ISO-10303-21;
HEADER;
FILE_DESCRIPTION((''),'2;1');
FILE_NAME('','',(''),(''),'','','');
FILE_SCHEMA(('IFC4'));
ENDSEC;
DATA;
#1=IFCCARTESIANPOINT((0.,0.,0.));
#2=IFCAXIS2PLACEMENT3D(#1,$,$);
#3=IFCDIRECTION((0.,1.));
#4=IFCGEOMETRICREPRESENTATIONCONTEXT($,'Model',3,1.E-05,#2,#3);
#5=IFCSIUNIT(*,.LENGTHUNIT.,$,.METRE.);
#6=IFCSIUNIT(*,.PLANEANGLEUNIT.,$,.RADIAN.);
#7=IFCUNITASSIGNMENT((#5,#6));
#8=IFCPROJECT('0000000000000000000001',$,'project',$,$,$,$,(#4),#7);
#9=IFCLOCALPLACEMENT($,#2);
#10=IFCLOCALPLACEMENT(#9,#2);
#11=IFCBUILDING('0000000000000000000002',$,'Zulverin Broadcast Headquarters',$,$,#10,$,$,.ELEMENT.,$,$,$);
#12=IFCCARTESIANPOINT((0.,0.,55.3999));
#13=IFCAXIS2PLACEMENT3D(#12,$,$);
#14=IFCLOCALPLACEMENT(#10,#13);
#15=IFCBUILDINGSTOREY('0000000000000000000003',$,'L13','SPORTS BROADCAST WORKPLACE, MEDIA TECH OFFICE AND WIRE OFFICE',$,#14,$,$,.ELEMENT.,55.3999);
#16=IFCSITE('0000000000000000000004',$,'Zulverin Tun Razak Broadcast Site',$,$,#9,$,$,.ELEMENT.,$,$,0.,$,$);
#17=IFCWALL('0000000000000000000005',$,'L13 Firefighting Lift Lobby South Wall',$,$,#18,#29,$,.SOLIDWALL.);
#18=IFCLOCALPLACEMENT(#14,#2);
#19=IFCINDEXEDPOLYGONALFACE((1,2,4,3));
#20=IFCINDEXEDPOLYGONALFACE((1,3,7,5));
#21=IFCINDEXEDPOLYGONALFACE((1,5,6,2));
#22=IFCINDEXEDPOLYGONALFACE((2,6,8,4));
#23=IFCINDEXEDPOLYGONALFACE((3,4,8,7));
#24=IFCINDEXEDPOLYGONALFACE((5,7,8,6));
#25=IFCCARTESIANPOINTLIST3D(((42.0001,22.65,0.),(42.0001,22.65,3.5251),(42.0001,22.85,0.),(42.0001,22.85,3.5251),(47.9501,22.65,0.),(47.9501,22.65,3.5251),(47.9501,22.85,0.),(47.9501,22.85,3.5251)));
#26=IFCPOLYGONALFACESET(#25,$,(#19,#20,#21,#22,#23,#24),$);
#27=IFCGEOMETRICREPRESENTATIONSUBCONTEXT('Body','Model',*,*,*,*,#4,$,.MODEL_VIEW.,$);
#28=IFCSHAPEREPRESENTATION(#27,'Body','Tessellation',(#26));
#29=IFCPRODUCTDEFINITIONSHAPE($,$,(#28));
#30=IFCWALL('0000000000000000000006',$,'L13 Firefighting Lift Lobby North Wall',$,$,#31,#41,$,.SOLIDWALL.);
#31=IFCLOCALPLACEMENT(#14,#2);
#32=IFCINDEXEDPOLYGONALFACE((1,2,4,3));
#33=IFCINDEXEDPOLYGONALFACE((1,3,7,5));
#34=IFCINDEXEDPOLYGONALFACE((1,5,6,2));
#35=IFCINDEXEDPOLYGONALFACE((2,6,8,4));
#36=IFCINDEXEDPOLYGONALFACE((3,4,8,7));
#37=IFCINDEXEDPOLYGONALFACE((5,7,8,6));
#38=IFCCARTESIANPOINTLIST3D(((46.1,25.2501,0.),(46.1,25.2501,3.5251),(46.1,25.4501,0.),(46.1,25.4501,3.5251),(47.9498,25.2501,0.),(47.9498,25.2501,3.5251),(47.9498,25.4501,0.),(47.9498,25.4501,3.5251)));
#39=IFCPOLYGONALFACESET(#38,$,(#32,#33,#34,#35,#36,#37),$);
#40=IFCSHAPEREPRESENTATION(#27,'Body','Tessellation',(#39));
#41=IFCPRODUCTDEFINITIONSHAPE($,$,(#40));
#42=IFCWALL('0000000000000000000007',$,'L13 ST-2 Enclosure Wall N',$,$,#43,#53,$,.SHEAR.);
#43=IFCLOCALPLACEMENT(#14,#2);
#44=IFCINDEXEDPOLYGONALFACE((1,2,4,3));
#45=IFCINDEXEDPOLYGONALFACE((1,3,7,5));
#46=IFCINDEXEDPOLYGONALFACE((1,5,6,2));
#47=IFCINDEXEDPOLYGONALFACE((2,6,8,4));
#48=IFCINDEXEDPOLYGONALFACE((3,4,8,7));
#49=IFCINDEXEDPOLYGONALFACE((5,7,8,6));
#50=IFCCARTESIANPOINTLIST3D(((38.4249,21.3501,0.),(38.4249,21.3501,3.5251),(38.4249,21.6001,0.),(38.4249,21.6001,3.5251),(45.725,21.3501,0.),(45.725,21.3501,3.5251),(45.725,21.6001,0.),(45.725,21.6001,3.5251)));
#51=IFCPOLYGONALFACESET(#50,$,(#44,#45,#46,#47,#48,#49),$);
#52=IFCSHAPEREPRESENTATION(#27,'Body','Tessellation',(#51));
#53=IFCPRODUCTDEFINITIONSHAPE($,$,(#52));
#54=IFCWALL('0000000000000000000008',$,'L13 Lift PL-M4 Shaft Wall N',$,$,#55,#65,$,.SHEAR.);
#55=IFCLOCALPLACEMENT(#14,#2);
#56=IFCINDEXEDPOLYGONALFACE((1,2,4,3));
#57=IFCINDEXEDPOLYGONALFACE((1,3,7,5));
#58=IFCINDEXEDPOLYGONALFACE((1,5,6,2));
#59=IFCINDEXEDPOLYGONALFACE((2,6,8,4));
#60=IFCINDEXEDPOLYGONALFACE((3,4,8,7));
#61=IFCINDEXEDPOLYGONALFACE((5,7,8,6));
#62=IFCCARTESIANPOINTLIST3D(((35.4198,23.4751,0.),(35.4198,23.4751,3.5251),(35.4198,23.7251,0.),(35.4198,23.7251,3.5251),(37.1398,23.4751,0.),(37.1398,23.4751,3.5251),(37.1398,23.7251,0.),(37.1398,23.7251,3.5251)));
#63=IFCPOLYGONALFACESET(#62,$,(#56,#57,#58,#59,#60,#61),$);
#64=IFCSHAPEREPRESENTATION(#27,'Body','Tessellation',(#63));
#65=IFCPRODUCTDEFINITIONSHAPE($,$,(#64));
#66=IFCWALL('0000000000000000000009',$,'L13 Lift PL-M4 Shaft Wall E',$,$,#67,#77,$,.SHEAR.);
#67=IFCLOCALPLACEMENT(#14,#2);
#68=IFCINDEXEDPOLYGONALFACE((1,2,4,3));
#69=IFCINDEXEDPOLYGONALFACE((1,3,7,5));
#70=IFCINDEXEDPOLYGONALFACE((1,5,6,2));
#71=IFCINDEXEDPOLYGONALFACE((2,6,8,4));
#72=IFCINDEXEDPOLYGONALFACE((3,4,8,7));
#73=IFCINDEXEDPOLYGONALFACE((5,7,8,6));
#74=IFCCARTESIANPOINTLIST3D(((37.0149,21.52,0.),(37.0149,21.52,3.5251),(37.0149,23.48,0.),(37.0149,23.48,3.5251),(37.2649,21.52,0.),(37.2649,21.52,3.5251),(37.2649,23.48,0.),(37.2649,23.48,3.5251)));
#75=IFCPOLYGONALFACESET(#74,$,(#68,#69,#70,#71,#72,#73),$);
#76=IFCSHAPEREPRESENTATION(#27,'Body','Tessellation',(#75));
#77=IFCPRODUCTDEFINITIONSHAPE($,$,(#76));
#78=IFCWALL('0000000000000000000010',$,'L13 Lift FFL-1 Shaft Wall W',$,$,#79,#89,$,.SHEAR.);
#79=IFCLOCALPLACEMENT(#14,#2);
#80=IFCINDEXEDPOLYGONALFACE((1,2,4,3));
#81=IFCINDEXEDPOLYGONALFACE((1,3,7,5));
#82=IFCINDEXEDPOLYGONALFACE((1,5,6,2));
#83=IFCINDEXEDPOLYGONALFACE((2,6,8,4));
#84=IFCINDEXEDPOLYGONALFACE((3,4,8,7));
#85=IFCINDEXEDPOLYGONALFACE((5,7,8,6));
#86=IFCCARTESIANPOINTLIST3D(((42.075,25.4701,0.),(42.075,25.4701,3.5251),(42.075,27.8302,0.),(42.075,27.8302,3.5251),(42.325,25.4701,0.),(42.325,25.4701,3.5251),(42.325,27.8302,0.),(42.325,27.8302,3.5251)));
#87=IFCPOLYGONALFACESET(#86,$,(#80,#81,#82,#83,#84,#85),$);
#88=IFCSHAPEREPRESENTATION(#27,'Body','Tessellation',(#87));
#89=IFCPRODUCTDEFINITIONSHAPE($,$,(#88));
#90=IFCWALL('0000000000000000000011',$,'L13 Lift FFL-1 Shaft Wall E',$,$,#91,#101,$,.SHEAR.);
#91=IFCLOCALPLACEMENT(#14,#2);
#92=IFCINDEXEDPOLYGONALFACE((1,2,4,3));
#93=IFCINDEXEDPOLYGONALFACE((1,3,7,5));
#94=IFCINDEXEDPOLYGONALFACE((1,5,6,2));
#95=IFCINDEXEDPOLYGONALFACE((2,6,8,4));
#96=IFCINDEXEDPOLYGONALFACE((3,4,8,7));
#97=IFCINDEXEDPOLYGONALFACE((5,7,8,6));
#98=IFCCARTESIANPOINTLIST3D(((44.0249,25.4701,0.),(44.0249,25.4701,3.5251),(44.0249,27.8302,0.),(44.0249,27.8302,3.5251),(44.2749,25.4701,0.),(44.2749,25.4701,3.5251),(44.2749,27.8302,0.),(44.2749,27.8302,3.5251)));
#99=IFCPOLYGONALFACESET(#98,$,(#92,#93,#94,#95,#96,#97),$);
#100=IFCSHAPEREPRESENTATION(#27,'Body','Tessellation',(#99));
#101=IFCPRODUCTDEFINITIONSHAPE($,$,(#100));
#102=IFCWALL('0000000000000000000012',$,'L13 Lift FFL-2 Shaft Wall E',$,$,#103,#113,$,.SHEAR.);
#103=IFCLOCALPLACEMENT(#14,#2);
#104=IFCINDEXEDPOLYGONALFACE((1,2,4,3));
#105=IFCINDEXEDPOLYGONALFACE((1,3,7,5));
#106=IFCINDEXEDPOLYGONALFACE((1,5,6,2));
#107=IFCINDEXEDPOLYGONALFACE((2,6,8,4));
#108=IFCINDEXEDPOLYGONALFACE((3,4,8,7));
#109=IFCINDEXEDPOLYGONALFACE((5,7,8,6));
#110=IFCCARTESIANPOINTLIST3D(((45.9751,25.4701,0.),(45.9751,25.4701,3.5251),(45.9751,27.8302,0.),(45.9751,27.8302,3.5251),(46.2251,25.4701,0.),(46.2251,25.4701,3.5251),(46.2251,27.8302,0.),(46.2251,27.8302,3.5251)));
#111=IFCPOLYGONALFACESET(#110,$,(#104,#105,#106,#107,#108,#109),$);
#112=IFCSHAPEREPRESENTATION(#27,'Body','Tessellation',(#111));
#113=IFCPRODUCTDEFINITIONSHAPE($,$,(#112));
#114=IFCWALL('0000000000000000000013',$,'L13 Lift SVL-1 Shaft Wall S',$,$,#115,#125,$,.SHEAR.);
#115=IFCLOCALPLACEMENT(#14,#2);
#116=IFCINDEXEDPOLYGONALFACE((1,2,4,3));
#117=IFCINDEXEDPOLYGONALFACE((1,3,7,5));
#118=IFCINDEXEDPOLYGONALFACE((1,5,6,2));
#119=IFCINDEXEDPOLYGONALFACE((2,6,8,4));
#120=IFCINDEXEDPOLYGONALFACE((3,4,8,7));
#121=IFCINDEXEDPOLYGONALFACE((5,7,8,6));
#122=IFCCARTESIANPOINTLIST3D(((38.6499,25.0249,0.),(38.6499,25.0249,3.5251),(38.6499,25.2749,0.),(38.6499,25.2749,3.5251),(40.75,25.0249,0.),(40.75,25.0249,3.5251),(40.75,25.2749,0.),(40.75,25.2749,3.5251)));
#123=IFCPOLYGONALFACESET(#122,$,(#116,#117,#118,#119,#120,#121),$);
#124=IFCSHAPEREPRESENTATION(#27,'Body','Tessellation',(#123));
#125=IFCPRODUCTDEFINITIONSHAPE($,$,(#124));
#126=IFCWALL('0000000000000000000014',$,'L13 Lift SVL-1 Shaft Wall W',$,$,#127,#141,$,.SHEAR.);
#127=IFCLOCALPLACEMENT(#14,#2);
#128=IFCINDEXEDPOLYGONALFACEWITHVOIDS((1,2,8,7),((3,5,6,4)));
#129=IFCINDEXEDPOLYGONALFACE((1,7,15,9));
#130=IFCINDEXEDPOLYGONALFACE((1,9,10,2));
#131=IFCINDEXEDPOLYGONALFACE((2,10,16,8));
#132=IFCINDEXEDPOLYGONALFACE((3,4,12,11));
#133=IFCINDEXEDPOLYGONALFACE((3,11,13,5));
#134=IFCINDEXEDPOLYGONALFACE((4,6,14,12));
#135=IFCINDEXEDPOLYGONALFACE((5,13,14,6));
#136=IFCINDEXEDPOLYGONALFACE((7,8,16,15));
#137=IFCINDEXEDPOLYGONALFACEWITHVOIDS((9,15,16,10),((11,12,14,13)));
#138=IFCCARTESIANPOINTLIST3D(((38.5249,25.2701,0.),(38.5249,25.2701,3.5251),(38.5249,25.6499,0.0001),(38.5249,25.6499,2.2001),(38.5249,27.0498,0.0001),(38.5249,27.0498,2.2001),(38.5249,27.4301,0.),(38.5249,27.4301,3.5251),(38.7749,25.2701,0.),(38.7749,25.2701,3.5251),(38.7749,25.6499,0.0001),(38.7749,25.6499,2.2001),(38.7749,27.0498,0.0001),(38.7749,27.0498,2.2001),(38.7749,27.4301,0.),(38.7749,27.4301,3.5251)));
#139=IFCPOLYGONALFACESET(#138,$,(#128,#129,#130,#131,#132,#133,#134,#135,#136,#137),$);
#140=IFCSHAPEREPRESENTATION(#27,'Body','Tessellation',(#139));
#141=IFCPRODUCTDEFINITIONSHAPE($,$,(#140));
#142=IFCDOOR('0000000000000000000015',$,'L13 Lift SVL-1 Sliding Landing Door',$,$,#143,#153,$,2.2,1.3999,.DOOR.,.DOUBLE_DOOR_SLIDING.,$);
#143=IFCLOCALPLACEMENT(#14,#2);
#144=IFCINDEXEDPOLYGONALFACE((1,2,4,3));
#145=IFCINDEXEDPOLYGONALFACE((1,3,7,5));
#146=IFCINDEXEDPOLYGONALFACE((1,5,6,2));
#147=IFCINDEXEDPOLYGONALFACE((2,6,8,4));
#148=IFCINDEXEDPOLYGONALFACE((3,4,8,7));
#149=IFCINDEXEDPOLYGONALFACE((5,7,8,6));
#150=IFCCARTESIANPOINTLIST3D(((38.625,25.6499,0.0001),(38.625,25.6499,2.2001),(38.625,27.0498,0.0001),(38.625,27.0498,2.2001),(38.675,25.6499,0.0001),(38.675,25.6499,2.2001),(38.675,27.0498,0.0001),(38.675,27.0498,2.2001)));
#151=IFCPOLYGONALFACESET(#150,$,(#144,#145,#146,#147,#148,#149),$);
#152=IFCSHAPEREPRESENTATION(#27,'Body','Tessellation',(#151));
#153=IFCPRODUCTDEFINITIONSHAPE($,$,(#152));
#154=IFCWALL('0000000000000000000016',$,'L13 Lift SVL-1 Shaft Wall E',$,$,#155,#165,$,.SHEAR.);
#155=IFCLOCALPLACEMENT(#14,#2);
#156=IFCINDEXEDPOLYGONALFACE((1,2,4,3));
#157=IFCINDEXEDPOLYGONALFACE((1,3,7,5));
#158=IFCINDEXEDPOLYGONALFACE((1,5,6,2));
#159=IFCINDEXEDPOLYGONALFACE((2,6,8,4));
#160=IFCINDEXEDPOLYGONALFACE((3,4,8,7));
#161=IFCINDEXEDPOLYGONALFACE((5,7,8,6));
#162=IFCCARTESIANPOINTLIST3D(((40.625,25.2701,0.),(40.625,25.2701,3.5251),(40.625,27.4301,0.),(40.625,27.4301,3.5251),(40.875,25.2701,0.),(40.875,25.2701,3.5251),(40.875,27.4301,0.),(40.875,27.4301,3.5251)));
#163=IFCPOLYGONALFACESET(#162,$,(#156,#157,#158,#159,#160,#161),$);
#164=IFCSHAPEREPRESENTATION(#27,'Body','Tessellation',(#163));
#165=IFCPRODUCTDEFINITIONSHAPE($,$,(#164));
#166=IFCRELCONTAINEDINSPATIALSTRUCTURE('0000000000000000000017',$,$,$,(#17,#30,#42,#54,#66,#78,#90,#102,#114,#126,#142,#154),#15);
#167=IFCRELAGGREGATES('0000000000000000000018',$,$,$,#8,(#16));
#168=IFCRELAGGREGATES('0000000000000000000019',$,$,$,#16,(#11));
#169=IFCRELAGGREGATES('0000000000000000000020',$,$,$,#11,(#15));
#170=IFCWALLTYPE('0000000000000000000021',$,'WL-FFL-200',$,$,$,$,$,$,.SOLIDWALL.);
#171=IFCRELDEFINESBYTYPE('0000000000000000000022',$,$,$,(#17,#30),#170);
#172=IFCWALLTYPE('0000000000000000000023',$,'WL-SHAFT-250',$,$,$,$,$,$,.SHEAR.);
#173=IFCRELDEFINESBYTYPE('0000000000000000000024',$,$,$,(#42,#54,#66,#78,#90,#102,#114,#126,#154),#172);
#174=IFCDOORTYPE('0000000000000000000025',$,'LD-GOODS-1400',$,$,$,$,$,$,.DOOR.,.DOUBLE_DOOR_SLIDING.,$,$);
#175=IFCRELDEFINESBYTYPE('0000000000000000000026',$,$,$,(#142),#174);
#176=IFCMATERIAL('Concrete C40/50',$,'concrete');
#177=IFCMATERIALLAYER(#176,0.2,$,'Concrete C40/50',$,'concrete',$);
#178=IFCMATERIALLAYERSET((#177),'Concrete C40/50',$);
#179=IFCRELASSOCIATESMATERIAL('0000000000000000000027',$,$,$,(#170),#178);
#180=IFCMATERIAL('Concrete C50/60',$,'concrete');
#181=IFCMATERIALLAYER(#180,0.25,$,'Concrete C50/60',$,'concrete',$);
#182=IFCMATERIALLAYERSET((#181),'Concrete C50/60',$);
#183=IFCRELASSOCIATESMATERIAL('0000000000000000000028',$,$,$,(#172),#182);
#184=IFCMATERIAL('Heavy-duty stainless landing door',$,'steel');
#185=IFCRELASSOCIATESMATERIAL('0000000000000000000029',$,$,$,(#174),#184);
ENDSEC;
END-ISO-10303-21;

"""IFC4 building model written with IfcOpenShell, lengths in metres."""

from ifc_helpers import new_model, si_unit, direction, frame, frame_2d, origin, place, context, subcontext, project, spatial, rectangle, extrude, material, layer, layer_set, type_object, element, fill, save


model = new_model("IFC4")

# Units and contexts
model_context = context("Model", 3, precision=1e-05, world=origin(), true_north=direction((0.0, 1.0)))
body_context = subcontext(model_context, "Body", "Model", "MODEL_VIEW")
ifc_project = project(units=[si_unit("LENGTHUNIT", "METRE"), si_unit("PLANEANGLEUNIT", "RADIAN")], contexts=[model_context])

# Site, building, storey
site_placement = place(None, origin())
site = spatial("IfcSite", under=ifc_project, at=site_placement, Name="Zulverin Tun Razak Broadcast Site", CompositionType="ELEMENT", RefElevation=0.0)
building_placement = place(site_placement, origin())
building = spatial("IfcBuilding", under=site, at=building_placement, Name="Zulverin Broadcast Headquarters", CompositionType="ELEMENT")
storey_placement = place(building_placement, frame((0.0, 0.0, 55.3999)))
storey = spatial("IfcBuildingStorey", under=building, at=storey_placement, Name="L13", Description="SPORTS BROADCAST WORKPLACE, MEDIA TECH OFFICE AND WIRE OFFICE", CompositionType="ELEMENT", Elevation=55.3999)

# Shared definitions
ifc_material_1 = material(Name="Concrete C40/50", Category="concrete")
ifc_layer_1 = layer(ifc_material_1, 0.2, Name="Concrete C40/50", Category="concrete")
ifc_layer_set_1 = layer_set([ifc_layer_1], Name="Concrete C40/50")
wall_type_1 = type_object("IfcWallType", Name="WL-FFL-200", PredefinedType="SOLIDWALL", material=ifc_layer_set_1)

# Walls
wall_1_placement = place(storey_placement, frame((42.0, 22.75, 0.0), z_axis=(0.0, 0.0, 1.0), x_axis=(1.0, 0.0, 0.0)))
element("IfcWall", 1, at=wall_1_placement, inside=storey, type_object=wall_type_1, Name="L13 Firefighting Lift Lobby South Wall", PredefinedType="SOLIDWALL", context=body_context, shape_type="SweptSolid", body=[
    extrude(rectangle(XDim=5.95, YDim=0.2, at=frame_2d((2.9751, 0.0))), origin(), (0.0, 0.0, 1.0), 3.5251),
])
wall_2_placement = place(storey_placement, frame((46.1001, 25.3501, 0.0), z_axis=(0.0, 0.0, 1.0), x_axis=(1.0, 0.0, 0.0)))
element("IfcWall", 2, at=wall_2_placement, inside=storey, type_object=wall_type_1, Name="L13 Firefighting Lift Lobby North Wall", PredefinedType="SOLIDWALL", context=body_context, shape_type="SweptSolid", body=[
    extrude(rectangle(XDim=1.8499, YDim=0.2, at=frame_2d((0.9248, 0.0))), origin(), (0.0, 0.0, 1.0), 3.5251),
])

# Walls
ifc_material_2 = material(Name="Concrete C50/60", Category="concrete")
ifc_layer_2 = layer(ifc_material_2, 0.25, Name="Concrete C50/60", Category="concrete")
ifc_layer_set_2 = layer_set([ifc_layer_2], Name="Concrete C50/60")
wall_type_2 = type_object("IfcWallType", Name="WL-SHAFT-250", PredefinedType="SHEAR", material=ifc_layer_set_2)
wall_3_placement = place(storey_placement, frame((38.425, 21.4751, 0.0), z_axis=(0.0, 0.0, 1.0), x_axis=(1.0, 0.0, 0.0)))
element("IfcWall", 3, at=wall_3_placement, inside=storey, type_object=wall_type_2, Name="L13 ST-2 Enclosure Wall N", PredefinedType="SHEAR", context=body_context, shape_type="SweptSolid", body=[
    extrude(rectangle(XDim=7.3, YDim=0.25, at=frame_2d((3.6499, 0.0))), origin(), (0.0, 0.0, 1.0), 3.5251),
])
wall_4_placement = place(storey_placement, frame((35.4199, 23.6001, 0.0), z_axis=(0.0, 0.0, 1.0), x_axis=(1.0, 0.0, 0.0)))
element("IfcWall", 4, at=wall_4_placement, inside=storey, type_object=wall_type_2, Name="L13 Lift PL-M4 Shaft Wall N", PredefinedType="SHEAR", context=body_context, shape_type="SweptSolid", body=[
    extrude(rectangle(XDim=1.72, YDim=0.25, at=frame_2d((0.8599, 0.0))), origin(), (0.0, 0.0, 1.0), 3.5251),
])
wall_5_placement = place(storey_placement, frame((37.1399, 21.52, 0.0), z_axis=(0.0, 0.0, 1.0), x_axis=(0.0, 1.0, 0.0)))
element("IfcWall", 5, at=wall_5_placement, inside=storey, type_object=wall_type_2, Name="L13 Lift PL-M4 Shaft Wall E", PredefinedType="SHEAR", context=body_context, shape_type="SweptSolid", body=[
    extrude(rectangle(XDim=1.96, YDim=0.25, at=frame_2d((0.98, 0.0))), origin(), (0.0, 0.0, 1.0), 3.5251),
])

# Walls
for number, where, z_axis, x_axis, name in (
    (6, (42.2, 25.47, 0.0), (0.0, 0.0, 1.0), (0.0, 1.0, 0.0), "L13 Lift FFL-1 Shaft Wall W"),
    (7, (44.1499, 25.47, 0.0), (0.0, 0.0, 1.0), (0.0, 1.0, 0.0), "L13 Lift FFL-1 Shaft Wall E"),
):
    element("IfcWall", number, at=place(storey_placement, frame(where, z_axis=z_axis, x_axis=x_axis)), inside=storey, type_object=wall_type_2, Name=name, PredefinedType="SHEAR", context=body_context, shape_type="SweptSolid", body=[
        extrude(rectangle(XDim=2.3601, YDim=0.25, at=frame_2d((1.1802, 0.0))), origin(), (0.0, 0.0, 1.0), 3.5251),
    ])

# Walls
wall_6_placement = place(storey_placement, frame((46.1001, 25.47, 0.0), z_axis=(0.0, 0.0, 1.0), x_axis=(0.0, 1.0, 0.0)))
element("IfcWall", 8, at=wall_6_placement, inside=storey, type_object=wall_type_2, Name="L13 Lift FFL-2 Shaft Wall E", PredefinedType="SHEAR", context=body_context, shape_type="SweptSolid", body=[
    extrude(rectangle(XDim=2.3601, YDim=0.25, at=frame_2d((1.1802, 0.0))), origin(), (0.0, 0.0, 1.0), 3.5251),
])
wall_7_placement = place(storey_placement, frame((38.6499, 25.1499, 0.0), z_axis=(0.0, 0.0, 1.0), x_axis=(1.0, 0.0, 0.0)))
element("IfcWall", 9, at=wall_7_placement, inside=storey, type_object=wall_type_2, Name="L13 Lift SVL-1 Shaft Wall S", PredefinedType="SHEAR", context=body_context, shape_type="SweptSolid", body=[
    extrude(rectangle(XDim=2.1001, YDim=0.25, at=frame_2d((1.05, 0.0))), origin(), (0.0, 0.0, 1.0), 3.5251),
])

# Wall, opening, door
wall_8_placement = place(storey_placement, frame((38.6499, 25.27, 0.0), z_axis=(0.0, 0.0, 1.0), x_axis=(0.0, 1.0, 0.0)))
wall_8 = element("IfcWall", 10, at=wall_8_placement, inside=storey, type_object=wall_type_2, Name="L13 Lift SVL-1 Shaft Wall W", PredefinedType="SHEAR", context=body_context, shape_type="SweptSolid", body=[
    extrude(rectangle(XDim=2.1599, YDim=0.25, at=frame_2d((1.0801, 0.0))), origin(), (0.0, 0.0, 1.0), 3.5251),
])
opening_1_placement = place(wall_8_placement, frame((0.3799, 0.0, 0.0)))
opening_1 = element("IfcOpeningElement", 11, at=opening_1_placement, cuts=wall_8, PredefinedType="OPENING", context=body_context, shape_type="SweptSolid", body=[
    extrude(rectangle(XDim=1.3999, YDim=2.2, at=frame_2d((0.7, 1.1001))), frame((0.0, 0.135, 0.0), z_axis=(0.0, -1.0, 0.0), x_axis=(1.0, 0.0, 0.0)), (0.0, 0.0, 1.0), 0.27),
])
ifc_material_3 = material(Name="Heavy-duty stainless landing door", Category="steel")
door_type_1 = type_object("IfcDoorType", Name="LD-GOODS-1400", OperationType="DOUBLE_DOOR_SLIDING", PredefinedType="DOOR", material=ifc_material_3)
door_1_placement = place(opening_1_placement, origin())
door_1 = element("IfcDoor", 12, at=door_1_placement, inside=storey, type_object=door_type_1, Name="L13 Lift SVL-1 Sliding Landing Door", OperationType="DOUBLE_DOOR_SLIDING", OverallHeight=2.2, OverallWidth=1.3999, PredefinedType="DOOR", context=body_context, shape_type="SweptSolid", body=[
    extrude(rectangle(XDim=1.3999, YDim=2.2, at=frame_2d((0.7, 1.1001))), frame((0.0, 0.0249, 0.0), z_axis=(0.0, -1.0, 0.0), x_axis=(1.0, 0.0, 0.0)), (0.0, 0.0, 1.0), 0.05),
])
fill(opening_1, door_1)

# Wall
wall_9_placement = place(storey_placement, frame((40.75, 25.27, 0.0), z_axis=(0.0, 0.0, 1.0), x_axis=(0.0, 1.0, 0.0)))
element("IfcWall", 13, at=wall_9_placement, inside=storey, type_object=wall_type_2, Name="L13 Lift SVL-1 Shaft Wall E", PredefinedType="SHEAR", context=body_context, shape_type="SweptSolid", body=[
    extrude(rectangle(XDim=2.1599, YDim=0.25, at=frame_2d((1.0801, 0.0))), origin(), (0.0, 0.0, 1.0), 3.5251),
])

save(model, "model.ifc")
